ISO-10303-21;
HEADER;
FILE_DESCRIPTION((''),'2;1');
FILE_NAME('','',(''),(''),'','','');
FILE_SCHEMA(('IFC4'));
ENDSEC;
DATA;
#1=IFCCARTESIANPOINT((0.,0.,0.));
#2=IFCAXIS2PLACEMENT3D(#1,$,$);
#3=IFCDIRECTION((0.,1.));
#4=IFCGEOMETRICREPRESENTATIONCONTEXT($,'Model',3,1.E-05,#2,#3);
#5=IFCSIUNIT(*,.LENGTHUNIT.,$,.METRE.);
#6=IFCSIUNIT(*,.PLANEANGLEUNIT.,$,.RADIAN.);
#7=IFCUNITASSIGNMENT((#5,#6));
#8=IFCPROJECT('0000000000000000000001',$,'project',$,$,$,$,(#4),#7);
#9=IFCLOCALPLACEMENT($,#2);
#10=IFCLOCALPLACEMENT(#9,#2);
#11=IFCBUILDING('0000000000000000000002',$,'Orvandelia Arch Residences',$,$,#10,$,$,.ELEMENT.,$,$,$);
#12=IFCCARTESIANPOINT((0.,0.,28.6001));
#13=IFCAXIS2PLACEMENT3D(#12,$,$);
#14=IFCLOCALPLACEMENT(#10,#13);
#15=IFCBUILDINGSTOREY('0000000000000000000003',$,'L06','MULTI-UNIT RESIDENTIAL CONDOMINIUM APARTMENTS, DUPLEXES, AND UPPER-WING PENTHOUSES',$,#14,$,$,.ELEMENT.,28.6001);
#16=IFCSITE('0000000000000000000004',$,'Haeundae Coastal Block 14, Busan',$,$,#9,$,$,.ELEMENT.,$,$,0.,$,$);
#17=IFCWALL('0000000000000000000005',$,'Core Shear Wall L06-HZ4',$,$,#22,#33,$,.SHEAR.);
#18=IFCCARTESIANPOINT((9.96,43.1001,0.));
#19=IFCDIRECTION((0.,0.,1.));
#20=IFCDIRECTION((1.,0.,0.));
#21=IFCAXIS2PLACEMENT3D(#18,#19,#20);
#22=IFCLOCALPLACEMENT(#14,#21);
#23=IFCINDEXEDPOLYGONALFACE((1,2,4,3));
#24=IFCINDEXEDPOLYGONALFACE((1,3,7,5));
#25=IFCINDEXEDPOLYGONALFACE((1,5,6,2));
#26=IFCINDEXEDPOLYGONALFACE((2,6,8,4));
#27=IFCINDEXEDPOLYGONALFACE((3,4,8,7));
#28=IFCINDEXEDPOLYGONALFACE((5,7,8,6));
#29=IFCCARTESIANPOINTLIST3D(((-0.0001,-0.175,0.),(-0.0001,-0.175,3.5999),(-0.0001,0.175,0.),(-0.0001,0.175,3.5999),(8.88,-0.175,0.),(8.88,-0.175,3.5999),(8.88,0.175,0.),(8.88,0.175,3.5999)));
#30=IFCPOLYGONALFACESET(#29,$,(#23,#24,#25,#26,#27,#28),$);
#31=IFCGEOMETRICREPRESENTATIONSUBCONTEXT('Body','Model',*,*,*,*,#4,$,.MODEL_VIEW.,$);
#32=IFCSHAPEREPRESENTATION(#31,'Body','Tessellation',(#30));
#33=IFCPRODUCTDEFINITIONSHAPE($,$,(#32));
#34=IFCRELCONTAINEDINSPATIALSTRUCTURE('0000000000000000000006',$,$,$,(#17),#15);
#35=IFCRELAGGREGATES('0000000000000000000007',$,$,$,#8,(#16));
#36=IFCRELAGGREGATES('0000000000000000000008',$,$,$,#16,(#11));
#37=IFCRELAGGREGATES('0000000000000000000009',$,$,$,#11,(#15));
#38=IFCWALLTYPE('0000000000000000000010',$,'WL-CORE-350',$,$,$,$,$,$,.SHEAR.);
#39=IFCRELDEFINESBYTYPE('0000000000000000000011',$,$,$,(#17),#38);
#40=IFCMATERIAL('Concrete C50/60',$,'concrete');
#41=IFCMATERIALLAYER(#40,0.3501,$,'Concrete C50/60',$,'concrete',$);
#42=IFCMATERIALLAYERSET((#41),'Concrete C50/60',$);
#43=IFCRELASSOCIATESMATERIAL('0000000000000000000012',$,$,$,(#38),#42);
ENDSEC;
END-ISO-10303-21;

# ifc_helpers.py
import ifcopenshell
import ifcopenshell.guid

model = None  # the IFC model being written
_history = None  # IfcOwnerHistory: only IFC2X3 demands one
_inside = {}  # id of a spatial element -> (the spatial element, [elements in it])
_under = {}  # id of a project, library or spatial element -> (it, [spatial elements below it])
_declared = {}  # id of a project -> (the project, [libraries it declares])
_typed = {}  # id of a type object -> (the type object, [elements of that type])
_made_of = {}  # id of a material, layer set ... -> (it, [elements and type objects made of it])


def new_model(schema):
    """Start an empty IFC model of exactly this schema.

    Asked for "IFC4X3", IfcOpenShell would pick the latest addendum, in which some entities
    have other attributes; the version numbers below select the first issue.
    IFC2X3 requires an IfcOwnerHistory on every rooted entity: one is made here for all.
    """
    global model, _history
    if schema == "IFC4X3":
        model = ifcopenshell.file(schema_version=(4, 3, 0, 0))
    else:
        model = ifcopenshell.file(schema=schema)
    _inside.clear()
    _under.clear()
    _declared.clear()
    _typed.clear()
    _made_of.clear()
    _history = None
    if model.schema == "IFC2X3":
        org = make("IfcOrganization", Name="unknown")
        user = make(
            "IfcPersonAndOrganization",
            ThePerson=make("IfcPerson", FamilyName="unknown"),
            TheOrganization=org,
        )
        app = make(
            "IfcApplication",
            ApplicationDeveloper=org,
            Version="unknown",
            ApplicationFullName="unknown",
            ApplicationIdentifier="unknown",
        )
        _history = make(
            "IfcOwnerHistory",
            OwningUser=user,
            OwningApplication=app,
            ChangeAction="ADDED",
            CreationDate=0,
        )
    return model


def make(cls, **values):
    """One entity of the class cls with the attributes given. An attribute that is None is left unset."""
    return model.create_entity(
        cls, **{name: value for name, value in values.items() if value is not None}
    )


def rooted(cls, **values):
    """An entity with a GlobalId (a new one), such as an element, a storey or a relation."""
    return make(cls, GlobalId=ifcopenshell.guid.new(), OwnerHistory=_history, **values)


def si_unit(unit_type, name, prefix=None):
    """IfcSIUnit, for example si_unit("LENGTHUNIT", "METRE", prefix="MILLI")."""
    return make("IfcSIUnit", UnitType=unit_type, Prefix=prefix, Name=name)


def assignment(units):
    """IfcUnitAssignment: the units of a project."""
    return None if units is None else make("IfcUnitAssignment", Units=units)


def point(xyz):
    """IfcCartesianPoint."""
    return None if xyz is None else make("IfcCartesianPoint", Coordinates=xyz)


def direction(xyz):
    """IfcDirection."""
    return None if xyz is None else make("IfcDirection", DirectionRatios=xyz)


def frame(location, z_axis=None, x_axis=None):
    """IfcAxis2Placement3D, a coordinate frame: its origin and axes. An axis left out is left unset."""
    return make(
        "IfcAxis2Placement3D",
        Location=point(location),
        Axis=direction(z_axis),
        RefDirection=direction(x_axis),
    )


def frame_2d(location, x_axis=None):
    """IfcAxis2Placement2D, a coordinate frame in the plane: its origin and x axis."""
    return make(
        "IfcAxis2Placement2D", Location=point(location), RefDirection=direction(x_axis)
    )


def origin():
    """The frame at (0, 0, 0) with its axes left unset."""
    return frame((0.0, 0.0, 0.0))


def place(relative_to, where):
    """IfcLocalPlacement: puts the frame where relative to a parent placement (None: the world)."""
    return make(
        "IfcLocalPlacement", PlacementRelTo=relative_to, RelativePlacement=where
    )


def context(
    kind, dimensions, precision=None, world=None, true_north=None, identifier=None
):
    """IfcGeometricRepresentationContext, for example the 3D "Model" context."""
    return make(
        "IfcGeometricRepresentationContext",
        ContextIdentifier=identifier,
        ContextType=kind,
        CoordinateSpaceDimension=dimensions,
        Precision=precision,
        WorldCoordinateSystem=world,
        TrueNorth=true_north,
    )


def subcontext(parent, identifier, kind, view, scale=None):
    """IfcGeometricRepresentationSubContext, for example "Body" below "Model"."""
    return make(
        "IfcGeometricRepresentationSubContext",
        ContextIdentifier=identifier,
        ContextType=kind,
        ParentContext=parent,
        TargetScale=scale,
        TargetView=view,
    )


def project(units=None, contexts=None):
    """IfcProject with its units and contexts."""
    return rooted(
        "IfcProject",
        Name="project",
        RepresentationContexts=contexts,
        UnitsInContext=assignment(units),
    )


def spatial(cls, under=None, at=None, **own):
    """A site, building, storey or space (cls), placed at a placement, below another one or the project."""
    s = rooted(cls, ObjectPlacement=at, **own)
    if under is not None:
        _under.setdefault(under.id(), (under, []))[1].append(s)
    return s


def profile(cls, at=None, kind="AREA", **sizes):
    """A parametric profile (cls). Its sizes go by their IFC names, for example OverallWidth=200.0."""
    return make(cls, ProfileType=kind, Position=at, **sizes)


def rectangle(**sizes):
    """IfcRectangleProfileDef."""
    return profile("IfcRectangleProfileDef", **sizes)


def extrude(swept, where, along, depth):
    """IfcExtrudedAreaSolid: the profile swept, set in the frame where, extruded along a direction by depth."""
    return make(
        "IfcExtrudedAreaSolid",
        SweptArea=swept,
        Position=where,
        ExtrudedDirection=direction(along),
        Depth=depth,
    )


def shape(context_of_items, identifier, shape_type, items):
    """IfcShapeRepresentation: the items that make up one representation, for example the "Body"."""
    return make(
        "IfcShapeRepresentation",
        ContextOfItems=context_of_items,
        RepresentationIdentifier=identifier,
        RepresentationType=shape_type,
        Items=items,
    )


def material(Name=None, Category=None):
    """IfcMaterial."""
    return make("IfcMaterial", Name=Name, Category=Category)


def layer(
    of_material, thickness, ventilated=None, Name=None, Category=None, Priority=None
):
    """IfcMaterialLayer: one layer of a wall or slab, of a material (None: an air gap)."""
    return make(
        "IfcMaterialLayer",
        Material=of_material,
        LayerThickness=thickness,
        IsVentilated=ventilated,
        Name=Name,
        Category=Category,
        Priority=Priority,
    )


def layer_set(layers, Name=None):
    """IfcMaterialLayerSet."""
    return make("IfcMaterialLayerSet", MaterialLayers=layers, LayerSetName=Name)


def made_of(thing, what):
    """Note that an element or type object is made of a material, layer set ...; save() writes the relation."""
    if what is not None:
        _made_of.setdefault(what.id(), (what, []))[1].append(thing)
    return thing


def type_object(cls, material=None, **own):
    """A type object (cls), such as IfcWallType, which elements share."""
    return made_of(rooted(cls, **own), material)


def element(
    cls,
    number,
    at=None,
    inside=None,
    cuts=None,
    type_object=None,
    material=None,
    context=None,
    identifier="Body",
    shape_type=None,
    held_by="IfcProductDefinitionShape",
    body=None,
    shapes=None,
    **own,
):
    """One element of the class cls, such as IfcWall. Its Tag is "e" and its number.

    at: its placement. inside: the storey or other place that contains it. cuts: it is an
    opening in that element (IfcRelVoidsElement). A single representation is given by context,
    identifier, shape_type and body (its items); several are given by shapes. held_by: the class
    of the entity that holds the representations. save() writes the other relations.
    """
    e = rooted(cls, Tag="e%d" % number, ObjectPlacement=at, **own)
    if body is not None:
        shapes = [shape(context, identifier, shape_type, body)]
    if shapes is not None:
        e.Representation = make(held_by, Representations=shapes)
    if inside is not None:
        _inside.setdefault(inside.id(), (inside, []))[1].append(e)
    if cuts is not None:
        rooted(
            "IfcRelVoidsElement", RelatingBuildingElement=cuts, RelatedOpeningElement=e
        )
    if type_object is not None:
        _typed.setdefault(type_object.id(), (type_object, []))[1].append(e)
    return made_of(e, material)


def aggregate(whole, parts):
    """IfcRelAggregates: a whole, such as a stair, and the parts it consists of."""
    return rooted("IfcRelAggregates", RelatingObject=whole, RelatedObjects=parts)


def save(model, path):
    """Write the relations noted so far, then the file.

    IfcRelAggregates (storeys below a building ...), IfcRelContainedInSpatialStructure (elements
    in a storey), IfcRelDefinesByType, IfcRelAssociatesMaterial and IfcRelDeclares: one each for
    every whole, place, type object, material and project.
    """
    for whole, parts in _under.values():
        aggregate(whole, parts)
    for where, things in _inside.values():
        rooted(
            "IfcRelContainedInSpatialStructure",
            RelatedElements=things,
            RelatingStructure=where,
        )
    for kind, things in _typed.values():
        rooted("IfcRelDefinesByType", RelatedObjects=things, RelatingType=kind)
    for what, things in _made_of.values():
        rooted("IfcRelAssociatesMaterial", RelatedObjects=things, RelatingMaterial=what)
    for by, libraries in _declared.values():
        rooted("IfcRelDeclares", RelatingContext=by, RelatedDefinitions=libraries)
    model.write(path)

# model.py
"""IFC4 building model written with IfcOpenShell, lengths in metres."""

from ifc_helpers import new_model, si_unit, direction, frame, frame_2d, origin, place, context, subcontext, project, spatial, rectangle, extrude, material, layer, layer_set, type_object, element, save


model = new_model("IFC4")

# Units and contexts
model_context = context("Model", 3, precision=1e-05, world=origin(), true_north=direction((0.0, 1.0)))
body_context = subcontext(model_context, "Body", "Model", "MODEL_VIEW")
ifc_project = project(units=[si_unit("LENGTHUNIT", "METRE"), si_unit("PLANEANGLEUNIT", "RADIAN")], contexts=[model_context])

# Site, building, storey
site_placement = place(None, origin())
site = spatial("IfcSite", under=ifc_project, at=site_placement, Name="Haeundae Coastal Block 14, Busan", CompositionType="ELEMENT", RefElevation=0.0)
building_placement = place(site_placement, origin())
building = spatial("IfcBuilding", under=site, at=building_placement, Name="Orvandelia Arch Residences", CompositionType="ELEMENT")
storey_placement = place(building_placement, frame((0.0, 0.0, 28.6001)))
storey = spatial("IfcBuildingStorey", under=building, at=storey_placement, Name="L06", Description="MULTI-UNIT RESIDENTIAL CONDOMINIUM APARTMENTS, DUPLEXES, AND UPPER-WING PENTHOUSES", CompositionType="ELEMENT", Elevation=28.6001)

# Wall
ifc_material_1 = material(Name="Concrete C50/60", Category="concrete")
ifc_layer_1 = layer(ifc_material_1, 0.3501, Name="Concrete C50/60", Category="concrete")
ifc_layer_set_1 = layer_set([ifc_layer_1], Name="Concrete C50/60")
wall_type_1 = type_object("IfcWallType", Name="WL-CORE-350", PredefinedType="SHEAR", material=ifc_layer_set_1)
wall_1_placement = place(storey_placement, frame((9.96, 43.1001, 0.0), z_axis=(0.0, 0.0, 1.0), x_axis=(1.0, 0.0, 0.0)))
element("IfcWall", 1, at=wall_1_placement, inside=storey, type_object=wall_type_1, Name="Core Shear Wall L06-HZ4", PredefinedType="SHEAR", context=body_context, shape_type="SweptSolid", body=[
    extrude(rectangle(XDim=8.8801, YDim=0.3501, at=frame_2d((4.4399, 0.0))), origin(), (0.0, 0.0, 1.0), 3.5999),
])

save(model, "model.ifc")
